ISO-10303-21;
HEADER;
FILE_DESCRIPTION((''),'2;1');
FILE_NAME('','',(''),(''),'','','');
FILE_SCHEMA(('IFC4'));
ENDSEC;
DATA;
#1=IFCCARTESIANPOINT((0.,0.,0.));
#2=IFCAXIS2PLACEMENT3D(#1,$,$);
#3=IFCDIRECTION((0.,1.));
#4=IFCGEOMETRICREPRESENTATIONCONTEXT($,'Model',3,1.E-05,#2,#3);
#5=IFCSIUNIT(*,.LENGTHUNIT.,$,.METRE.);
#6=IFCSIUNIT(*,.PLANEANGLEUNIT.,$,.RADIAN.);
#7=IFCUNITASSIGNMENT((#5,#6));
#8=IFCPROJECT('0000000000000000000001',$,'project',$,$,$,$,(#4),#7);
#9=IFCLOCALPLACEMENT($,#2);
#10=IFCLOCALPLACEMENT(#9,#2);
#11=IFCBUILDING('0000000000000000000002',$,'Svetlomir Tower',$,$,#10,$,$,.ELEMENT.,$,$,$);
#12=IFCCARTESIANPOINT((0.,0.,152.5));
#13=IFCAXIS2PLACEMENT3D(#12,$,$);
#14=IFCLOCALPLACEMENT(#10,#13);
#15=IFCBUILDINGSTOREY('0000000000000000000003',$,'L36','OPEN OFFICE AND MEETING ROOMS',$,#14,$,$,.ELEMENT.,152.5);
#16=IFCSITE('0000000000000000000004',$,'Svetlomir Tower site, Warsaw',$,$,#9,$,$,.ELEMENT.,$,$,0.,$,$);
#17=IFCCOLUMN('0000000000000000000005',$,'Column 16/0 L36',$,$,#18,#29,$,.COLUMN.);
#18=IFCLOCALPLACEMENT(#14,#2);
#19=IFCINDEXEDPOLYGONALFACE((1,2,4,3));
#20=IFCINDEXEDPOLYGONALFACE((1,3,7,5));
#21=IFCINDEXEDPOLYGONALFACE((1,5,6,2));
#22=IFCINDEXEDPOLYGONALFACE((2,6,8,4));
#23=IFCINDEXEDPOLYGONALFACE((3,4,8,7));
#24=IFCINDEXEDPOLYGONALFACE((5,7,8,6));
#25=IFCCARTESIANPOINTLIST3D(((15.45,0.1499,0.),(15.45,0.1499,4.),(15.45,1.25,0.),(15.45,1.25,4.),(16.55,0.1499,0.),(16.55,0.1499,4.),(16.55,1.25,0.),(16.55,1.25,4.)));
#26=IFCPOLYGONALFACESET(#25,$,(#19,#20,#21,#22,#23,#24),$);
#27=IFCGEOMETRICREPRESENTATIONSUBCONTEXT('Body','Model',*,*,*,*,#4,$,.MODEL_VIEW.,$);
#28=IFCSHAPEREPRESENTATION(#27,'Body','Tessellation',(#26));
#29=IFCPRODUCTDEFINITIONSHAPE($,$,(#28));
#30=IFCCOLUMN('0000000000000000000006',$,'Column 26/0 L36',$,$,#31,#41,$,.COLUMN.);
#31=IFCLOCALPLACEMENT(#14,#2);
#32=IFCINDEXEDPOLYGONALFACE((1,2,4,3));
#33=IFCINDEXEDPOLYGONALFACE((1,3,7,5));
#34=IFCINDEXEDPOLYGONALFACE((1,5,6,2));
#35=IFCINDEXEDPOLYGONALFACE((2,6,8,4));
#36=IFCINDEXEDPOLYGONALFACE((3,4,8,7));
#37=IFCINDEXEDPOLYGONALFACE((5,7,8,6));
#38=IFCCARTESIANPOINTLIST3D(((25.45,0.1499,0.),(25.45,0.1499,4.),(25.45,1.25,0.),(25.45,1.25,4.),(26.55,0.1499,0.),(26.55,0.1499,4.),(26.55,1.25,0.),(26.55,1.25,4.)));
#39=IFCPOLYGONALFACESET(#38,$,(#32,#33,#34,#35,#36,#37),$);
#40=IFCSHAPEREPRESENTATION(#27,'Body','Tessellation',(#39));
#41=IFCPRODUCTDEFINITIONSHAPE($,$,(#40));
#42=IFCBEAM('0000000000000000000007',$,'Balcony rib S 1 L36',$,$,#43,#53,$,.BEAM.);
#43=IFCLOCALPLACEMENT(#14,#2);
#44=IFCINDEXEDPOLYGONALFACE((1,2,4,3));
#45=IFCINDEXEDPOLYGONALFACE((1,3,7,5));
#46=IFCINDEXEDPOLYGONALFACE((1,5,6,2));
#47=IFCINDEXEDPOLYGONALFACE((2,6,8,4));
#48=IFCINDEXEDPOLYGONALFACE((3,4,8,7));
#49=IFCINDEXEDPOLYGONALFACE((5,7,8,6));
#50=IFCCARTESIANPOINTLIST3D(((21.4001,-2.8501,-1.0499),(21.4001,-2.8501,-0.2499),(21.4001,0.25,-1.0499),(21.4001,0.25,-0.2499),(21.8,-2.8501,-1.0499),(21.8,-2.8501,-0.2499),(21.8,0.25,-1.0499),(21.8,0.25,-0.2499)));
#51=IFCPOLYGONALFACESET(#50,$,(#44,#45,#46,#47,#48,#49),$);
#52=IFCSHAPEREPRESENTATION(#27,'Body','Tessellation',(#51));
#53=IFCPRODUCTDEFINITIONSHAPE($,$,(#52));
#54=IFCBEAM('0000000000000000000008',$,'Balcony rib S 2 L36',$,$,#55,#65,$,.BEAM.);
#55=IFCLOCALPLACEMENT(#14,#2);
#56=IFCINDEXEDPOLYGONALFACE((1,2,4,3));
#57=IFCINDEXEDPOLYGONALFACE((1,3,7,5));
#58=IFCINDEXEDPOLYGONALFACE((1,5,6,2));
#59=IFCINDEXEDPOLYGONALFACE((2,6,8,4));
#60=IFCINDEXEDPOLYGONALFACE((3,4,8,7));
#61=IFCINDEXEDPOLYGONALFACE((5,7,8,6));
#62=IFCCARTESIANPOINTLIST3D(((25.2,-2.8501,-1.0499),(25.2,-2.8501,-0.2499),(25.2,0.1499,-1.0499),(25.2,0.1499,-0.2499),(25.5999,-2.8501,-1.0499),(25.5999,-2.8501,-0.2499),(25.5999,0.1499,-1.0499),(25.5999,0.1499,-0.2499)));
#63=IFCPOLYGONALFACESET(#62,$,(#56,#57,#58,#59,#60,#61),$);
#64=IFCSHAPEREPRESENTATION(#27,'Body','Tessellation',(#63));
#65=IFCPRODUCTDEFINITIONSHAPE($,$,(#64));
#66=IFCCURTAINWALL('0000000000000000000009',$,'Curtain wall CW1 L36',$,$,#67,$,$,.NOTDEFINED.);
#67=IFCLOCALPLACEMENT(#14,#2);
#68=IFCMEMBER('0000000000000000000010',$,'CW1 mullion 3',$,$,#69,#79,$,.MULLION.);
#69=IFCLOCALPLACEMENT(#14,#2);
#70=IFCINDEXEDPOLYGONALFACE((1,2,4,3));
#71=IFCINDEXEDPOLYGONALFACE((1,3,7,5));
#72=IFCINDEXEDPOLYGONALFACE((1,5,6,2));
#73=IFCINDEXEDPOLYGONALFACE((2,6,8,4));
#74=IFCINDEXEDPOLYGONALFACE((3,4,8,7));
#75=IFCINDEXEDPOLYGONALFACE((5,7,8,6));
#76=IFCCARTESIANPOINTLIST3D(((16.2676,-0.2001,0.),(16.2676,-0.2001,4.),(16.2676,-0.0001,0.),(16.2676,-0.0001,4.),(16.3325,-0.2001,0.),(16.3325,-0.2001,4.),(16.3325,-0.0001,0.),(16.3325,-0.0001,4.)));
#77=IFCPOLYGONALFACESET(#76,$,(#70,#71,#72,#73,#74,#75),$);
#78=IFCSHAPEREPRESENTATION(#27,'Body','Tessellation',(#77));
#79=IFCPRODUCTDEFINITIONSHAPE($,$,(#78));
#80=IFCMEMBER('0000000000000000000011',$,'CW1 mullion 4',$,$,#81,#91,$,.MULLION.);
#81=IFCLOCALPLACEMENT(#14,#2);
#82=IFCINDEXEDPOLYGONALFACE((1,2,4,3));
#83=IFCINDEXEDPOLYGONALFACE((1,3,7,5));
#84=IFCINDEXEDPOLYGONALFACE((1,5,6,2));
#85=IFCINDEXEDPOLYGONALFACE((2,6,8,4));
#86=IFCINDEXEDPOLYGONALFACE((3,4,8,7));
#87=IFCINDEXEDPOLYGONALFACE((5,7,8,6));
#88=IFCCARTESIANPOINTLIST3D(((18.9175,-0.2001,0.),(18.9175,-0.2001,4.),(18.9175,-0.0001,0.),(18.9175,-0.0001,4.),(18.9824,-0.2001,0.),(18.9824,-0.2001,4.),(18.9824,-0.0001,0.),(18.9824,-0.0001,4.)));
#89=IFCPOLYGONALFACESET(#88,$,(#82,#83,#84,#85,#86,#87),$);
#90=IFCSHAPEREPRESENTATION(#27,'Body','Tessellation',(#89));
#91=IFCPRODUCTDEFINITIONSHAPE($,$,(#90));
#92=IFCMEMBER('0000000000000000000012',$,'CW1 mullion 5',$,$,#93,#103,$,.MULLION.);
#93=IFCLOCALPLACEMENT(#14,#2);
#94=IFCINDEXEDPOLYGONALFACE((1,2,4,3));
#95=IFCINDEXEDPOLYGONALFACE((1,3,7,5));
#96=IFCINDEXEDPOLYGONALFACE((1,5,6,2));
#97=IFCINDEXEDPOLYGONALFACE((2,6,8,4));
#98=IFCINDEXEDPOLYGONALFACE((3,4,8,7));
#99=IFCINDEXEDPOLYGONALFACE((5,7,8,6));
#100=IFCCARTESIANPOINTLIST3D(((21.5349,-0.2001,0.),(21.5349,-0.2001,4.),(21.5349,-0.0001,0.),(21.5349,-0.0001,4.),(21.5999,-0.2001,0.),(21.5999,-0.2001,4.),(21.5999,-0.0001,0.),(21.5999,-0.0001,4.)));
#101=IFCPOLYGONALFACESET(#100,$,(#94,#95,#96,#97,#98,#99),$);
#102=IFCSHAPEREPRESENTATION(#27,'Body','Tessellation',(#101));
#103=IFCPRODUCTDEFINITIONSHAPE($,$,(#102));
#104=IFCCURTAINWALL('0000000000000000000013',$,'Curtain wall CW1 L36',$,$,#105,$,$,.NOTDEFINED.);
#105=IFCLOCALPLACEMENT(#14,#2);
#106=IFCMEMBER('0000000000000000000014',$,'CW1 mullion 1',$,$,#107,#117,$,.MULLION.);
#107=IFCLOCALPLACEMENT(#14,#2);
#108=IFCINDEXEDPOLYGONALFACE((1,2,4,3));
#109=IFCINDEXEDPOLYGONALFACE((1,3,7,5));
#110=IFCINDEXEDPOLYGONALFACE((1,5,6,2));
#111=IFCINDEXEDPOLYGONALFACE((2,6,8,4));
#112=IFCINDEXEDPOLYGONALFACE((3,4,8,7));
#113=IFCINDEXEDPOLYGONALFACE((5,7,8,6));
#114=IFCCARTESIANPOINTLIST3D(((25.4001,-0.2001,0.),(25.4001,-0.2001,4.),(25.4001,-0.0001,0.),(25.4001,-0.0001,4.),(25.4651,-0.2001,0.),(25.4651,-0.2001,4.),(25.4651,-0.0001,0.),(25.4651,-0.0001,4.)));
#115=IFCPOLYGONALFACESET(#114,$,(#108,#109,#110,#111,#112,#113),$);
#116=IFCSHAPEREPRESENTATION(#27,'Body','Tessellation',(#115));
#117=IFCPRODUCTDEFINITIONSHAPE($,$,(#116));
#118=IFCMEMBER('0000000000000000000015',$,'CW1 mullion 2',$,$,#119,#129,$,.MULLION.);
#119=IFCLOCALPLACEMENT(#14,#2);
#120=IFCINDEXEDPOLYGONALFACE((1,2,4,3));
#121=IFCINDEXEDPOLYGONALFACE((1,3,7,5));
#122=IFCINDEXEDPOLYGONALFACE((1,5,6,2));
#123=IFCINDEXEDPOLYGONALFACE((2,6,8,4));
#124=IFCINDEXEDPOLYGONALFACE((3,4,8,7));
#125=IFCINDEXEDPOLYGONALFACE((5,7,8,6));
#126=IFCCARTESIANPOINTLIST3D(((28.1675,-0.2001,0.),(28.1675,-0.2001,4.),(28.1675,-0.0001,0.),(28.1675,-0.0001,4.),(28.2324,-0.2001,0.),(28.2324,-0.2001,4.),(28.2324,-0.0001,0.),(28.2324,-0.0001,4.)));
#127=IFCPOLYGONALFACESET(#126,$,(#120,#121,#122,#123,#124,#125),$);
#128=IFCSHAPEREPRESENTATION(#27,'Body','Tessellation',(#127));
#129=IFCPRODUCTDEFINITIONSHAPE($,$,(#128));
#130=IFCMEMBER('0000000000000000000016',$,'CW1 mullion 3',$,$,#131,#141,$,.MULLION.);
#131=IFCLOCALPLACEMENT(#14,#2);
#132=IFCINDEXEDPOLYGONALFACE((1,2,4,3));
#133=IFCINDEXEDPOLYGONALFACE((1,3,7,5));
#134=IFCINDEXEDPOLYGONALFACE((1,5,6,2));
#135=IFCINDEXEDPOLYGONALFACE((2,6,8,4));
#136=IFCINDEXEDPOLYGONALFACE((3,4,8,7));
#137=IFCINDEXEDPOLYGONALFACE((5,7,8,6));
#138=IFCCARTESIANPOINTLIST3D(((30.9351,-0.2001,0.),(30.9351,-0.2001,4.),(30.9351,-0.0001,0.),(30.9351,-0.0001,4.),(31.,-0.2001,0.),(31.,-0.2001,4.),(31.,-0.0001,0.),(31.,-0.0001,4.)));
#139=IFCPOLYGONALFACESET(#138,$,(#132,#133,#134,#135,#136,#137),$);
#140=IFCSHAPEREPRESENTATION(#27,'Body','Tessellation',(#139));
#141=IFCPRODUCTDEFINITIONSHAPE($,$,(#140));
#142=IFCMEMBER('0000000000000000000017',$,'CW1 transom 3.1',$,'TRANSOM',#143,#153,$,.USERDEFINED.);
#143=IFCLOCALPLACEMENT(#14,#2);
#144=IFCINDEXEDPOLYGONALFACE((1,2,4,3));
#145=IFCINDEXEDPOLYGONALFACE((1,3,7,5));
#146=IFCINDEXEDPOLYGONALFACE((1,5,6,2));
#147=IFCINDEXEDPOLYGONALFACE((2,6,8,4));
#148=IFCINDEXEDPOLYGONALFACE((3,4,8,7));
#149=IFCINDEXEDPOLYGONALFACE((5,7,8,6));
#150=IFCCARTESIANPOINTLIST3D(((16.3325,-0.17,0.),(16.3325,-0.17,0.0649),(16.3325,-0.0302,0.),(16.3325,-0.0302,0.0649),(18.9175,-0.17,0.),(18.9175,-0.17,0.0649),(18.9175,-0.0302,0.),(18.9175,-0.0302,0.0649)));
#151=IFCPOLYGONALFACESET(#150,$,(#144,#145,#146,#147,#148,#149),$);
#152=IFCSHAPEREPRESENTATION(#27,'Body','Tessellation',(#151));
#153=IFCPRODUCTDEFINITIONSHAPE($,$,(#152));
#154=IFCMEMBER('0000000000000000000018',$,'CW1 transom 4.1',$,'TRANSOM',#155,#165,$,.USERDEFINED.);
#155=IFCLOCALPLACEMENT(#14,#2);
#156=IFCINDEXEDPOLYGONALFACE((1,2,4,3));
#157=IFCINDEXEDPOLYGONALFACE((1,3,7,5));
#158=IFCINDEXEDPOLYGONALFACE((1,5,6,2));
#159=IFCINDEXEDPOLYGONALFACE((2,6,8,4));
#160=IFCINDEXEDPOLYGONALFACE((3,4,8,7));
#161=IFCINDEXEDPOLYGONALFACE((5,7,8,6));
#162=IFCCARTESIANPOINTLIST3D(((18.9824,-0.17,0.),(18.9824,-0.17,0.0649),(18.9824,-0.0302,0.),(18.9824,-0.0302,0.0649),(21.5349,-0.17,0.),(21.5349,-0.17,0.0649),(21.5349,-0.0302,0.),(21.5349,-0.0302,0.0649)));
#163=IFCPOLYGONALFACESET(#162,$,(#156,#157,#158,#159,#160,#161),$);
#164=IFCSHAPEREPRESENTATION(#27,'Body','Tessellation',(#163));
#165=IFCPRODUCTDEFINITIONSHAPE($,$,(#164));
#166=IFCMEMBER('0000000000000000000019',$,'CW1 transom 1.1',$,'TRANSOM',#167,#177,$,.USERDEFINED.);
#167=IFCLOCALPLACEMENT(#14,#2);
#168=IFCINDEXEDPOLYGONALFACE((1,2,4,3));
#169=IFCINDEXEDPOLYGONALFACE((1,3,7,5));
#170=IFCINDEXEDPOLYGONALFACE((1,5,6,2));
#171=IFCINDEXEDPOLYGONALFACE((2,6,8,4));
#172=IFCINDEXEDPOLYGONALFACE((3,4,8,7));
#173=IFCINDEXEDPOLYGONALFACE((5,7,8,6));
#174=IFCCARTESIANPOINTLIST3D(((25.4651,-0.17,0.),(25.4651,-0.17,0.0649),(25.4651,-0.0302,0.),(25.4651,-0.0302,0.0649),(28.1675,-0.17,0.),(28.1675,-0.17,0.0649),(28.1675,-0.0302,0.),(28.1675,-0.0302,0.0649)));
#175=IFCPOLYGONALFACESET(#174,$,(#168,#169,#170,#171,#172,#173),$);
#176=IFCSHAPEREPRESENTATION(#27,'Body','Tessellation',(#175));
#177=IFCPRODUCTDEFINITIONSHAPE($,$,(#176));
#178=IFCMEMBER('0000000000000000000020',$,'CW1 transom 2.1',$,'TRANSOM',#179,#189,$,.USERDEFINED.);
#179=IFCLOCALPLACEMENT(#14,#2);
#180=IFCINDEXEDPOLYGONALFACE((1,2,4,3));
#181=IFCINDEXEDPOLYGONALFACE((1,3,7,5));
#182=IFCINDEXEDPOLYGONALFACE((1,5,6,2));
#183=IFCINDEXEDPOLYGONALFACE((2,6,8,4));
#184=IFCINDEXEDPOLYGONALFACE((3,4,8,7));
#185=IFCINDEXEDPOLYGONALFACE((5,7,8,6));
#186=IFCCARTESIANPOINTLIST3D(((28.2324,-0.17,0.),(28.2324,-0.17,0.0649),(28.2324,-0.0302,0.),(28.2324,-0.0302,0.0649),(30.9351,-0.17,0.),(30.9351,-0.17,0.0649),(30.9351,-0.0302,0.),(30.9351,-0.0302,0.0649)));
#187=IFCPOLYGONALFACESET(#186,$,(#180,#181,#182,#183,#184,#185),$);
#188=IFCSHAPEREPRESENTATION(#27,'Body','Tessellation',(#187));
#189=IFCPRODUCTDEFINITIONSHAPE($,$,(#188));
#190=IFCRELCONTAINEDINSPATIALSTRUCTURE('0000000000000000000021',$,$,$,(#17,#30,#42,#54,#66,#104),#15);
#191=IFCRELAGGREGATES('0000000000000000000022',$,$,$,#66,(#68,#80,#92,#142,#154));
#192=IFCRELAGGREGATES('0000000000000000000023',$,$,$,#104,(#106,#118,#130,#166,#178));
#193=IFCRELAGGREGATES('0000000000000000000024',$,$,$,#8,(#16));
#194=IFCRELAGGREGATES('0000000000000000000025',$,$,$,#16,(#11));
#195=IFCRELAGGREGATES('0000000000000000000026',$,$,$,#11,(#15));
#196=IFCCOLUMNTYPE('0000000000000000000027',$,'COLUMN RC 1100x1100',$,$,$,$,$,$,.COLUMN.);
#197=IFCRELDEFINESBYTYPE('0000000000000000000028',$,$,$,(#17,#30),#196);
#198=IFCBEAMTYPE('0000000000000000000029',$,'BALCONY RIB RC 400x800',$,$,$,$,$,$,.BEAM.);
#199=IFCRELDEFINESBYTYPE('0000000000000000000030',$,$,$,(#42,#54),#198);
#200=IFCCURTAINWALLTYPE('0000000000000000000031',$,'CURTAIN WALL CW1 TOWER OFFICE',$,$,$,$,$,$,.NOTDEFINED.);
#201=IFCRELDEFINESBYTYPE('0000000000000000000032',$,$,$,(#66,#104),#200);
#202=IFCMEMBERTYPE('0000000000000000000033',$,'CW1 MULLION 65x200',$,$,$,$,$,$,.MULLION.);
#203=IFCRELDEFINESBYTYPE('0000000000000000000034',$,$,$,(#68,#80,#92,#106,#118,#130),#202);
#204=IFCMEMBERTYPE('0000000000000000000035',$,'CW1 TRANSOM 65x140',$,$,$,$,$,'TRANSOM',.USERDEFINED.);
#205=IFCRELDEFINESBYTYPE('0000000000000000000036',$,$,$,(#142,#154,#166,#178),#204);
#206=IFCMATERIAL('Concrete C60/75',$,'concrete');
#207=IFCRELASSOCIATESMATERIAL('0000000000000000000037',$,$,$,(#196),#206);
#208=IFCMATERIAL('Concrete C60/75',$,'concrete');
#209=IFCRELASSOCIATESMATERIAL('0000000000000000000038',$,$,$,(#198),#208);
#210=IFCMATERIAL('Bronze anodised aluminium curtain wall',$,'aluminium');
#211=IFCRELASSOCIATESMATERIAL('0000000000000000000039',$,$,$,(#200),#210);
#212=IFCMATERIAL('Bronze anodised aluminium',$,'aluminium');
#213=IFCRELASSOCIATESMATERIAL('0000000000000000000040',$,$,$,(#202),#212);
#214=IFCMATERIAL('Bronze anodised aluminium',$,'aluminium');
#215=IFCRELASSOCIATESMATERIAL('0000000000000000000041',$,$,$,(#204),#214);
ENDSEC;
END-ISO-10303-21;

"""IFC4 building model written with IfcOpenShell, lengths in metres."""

from ifc_helpers import new_model, si_unit, direction, frame, origin, origin_2d, place, context, subcontext, project, spatial, rectangle, extrude, material, material_profile, profile_set, type_object, element, aggregate, save


model = new_model("IFC4")

# Units and contexts
model_context = context("Model", 3, precision=1e-05, world=origin(), true_north=direction((0.0, 1.0)))
body_context = subcontext(model_context, "Body", "Model", "MODEL_VIEW")
ifc_project = project(units=[si_unit("LENGTHUNIT", "METRE"), si_unit("PLANEANGLEUNIT", "RADIAN")], contexts=[model_context])

# Site, building, storey
site_placement = place(None, origin())
site = spatial("IfcSite", under=ifc_project, at=site_placement, Name="Svetlomir Tower site, Warsaw", CompositionType="ELEMENT", RefElevation=0.0)
building_placement = place(site_placement, origin())
building = spatial("IfcBuilding", under=site, at=building_placement, Name="Svetlomir Tower", CompositionType="ELEMENT")
storey_placement = place(building_placement, frame((0.0, 0.0, 152.5)))
storey = spatial("IfcBuildingStorey", under=building, at=storey_placement, Name="L36", Description="OPEN OFFICE AND MEETING ROOMS", CompositionType="ELEMENT", Elevation=152.5)

# Columns
ifc_material_1 = material(Name="Concrete C60/75", Category="concrete")
ifc_material_profile_1 = material_profile(ifc_material_1, rectangle(XDim=1.1001, YDim=1.1001, at=origin_2d()), Name="RC 1100x1100")
ifc_profile_set_1 = profile_set([ifc_material_profile_1], Name="Concrete C60/75")
column_type = type_object("IfcColumnType", Name="COLUMN RC 1100x1100", PredefinedType="COLUMN", material=ifc_profile_set_1)
for number, where, z_axis, x_axis, name in (
    (1, (16.0, 0.7, 0.0), (0.0, 0.0, 1.0), (1.0, 0.0, 0.0), "Column 16/0 L36"),
    (2, (26.0, 0.7, 0.0), (0.0, 0.0, 1.0), (1.0, 0.0, 0.0), "Column 26/0 L36"),
):
    element("IfcColumn", number, at=place(storey_placement, frame(where, z_axis=z_axis, x_axis=x_axis)), inside=storey, type_object=column_type, Name=name, PredefinedType="COLUMN", context=body_context, shape_type="SweptSolid", body=[
        extrude(rectangle(XDim=1.1001, YDim=1.1001, at=origin_2d()), origin(), (0.0, 0.0, 1.0), 4.0),
    ])

# Beams
ifc_material_2 = material(Name="Concrete C60/75", Category="concrete")
ifc_material_profile_2 = material_profile(ifc_material_2, rectangle(XDim=0.3999, YDim=0.8, at=origin_2d()), Name="RC 400x800")
ifc_profile_set_2 = profile_set([ifc_material_profile_2], Name="Concrete C60/75")
beam_type_1 = type_object("IfcBeamType", Name="BALCONY RIB RC 400x800", PredefinedType="BEAM", material=ifc_profile_set_2)
beam_1_placement = place(storey_placement, frame((21.6001, 0.25, -0.6499), z_axis=(0.0, -1.0, 0.0), x_axis=(1.0, 0.0, 0.0)))
element("IfcBeam", 3, at=beam_1_placement, inside=storey, type_object=beam_type_1, Name="Balcony rib S 1 L36", PredefinedType="BEAM", context=body_context, shape_type="SweptSolid", body=[
    extrude(rectangle(XDim=0.3999, YDim=0.8, at=origin_2d()), origin(), (0.0, 0.0, 1.0), 3.1001),
])
beam_2_placement = place(storey_placement, frame((25.3999, 0.1499, -0.6499), z_axis=(0.0, -1.0, 0.0), x_axis=(1.0, 0.0, 0.0)))
element("IfcBeam", 4, at=beam_2_placement, inside=storey, type_object=beam_type_1, Name="Balcony rib S 2 L36", PredefinedType="BEAM", context=body_context, shape_type="SweptSolid", body=[
    extrude(rectangle(XDim=0.3999, YDim=0.8, at=origin_2d()), origin(), (0.0, 0.0, 1.0), 3.0),
])

# Curtain walls, members
ifc_material_3 = material(Name="Bronze anodised aluminium curtain wall", Category="aluminium")
curtain_wall_type = type_object("IfcCurtainWallType", Name="CURTAIN WALL CW1 TOWER OFFICE", PredefinedType="NOTDEFINED", material=ifc_material_3)
curtain_wall_1_placement = place(storey_placement, origin())
curtain_wall_1 = element("IfcCurtainWall", 5, at=curtain_wall_1_placement, inside=storey, type_object=curtain_wall_type, Name="Curtain wall CW1 L36", PredefinedType="NOTDEFINED")
ifc_material_4 = material(Name="Bronze anodised aluminium", Category="aluminium")
ifc_material_profile_3 = material_profile(ifc_material_4, rectangle(XDim=0.0649, YDim=0.2, at=origin_2d()), Name="AL 65x200")
ifc_profile_set_3 = profile_set([ifc_material_profile_3], Name="Bronze anodised aluminium 6063-T6")
member_type_1 = type_object("IfcMemberType", Name="CW1 MULLION 65x200", PredefinedType="MULLION", material=ifc_profile_set_3)
member_1_placement = place(storey_placement, frame((16.3, -0.1001, 0.0), z_axis=(0.0, 0.0, 1.0), x_axis=(1.0, 0.0, 0.0)))
member_1 = element("IfcMember", 6, at=member_1_placement, type_object=member_type_1, Name="CW1 mullion 3", PredefinedType="MULLION", context=body_context, shape_type="SweptSolid", body=[
    extrude(rectangle(XDim=0.0649, YDim=0.2, at=origin_2d()), origin(), (0.0, 0.0, 1.0), 4.0),
])
member_2_placement = place(storey_placement, frame((18.95, -0.1001, 0.0), z_axis=(0.0, 0.0, 1.0), x_axis=(1.0, 0.0, 0.0)))
member_2 = element("IfcMember", 7, at=member_2_placement, type_object=member_type_1, Name="CW1 mullion 4", PredefinedType="MULLION", context=body_context, shape_type="SweptSolid", body=[
    extrude(rectangle(XDim=0.0649, YDim=0.2, at=origin_2d()), origin(), (0.0, 0.0, 1.0), 4.0),
])
member_3_placement = place(storey_placement, frame((21.5674, -0.1001, 0.0), z_axis=(0.0, 0.0, 1.0), x_axis=(1.0, 0.0, 0.0)))
member_3 = element("IfcMember", 8, at=member_3_placement, type_object=member_type_1, Name="CW1 mullion 5", PredefinedType="MULLION", context=body_context, shape_type="SweptSolid", body=[
    extrude(rectangle(XDim=0.0649, YDim=0.2, at=origin_2d()), origin(), (0.0, 0.0, 1.0), 4.0),
])
curtain_wall_2_placement = place(storey_placement, origin())
curtain_wall_2 = element("IfcCurtainWall", 9, at=curtain_wall_2_placement, inside=storey, type_object=curtain_wall_type, Name="Curtain wall CW1 L36", PredefinedType="NOTDEFINED")
member_4_placement = place(storey_placement, frame((25.4326, -0.1001, 0.0), z_axis=(0.0, 0.0, 1.0), x_axis=(1.0, 0.0, 0.0)))
member_4 = element("IfcMember", 10, at=member_4_placement, type_object=member_type_1, Name="CW1 mullion 1", PredefinedType="MULLION", context=body_context, shape_type="SweptSolid", body=[
    extrude(rectangle(XDim=0.0649, YDim=0.2, at=origin_2d()), origin(), (0.0, 0.0, 1.0), 4.0),
])
member_5_placement = place(storey_placement, frame((28.2, -0.1001, 0.0), z_axis=(0.0, 0.0, 1.0), x_axis=(1.0, 0.0, 0.0)))
member_5 = element("IfcMember", 11, at=member_5_placement, type_object=member_type_1, Name="CW1 mullion 2", PredefinedType="MULLION", context=body_context, shape_type="SweptSolid", body=[
    extrude(rectangle(XDim=0.0649, YDim=0.2, at=origin_2d()), origin(), (0.0, 0.0, 1.0), 4.0),
])
member_6_placement = place(storey_placement, frame((30.9675, -0.1001, 0.0), z_axis=(0.0, 0.0, 1.0), x_axis=(1.0, 0.0, 0.0)))
member_6 = element("IfcMember", 12, at=member_6_placement, type_object=member_type_1, Name="CW1 mullion 3", PredefinedType="MULLION", context=body_context, shape_type="SweptSolid", body=[
    extrude(rectangle(XDim=0.0649, YDim=0.2, at=origin_2d()), origin(), (0.0, 0.0, 1.0), 4.0),
])

# Members
ifc_material_5 = material(Name="Bronze anodised aluminium", Category="aluminium")
ifc_material_profile_4 = material_profile(ifc_material_5, rectangle(XDim=0.1399, YDim=0.0649, at=origin_2d()), Name="AL 140x65")
ifc_profile_set_4 = profile_set([ifc_material_profile_4], Name="Bronze anodised aluminium 6063-T6")
member_type_2 = type_object("IfcMemberType", Name="CW1 TRANSOM 65x140", ElementType="TRANSOM", PredefinedType="USERDEFINED", material=ifc_profile_set_4)
member_7_placement = place(storey_placement, frame((16.3325, -0.1001, 0.0325), z_axis=(1.0, 0.0, 0.0), x_axis=(0.0, 1.0, 0.0)))
member_7 = element("IfcMember", 13, at=member_7_placement, type_object=member_type_2, Name="CW1 transom 3.1", ObjectType="TRANSOM", PredefinedType="USERDEFINED", context=body_context, shape_type="SweptSolid", body=[
    extrude(rectangle(XDim=0.1399, YDim=0.0649, at=origin_2d()), origin(), (0.0, 0.0, 1.0), 2.585),
])
member_8_placement = place(storey_placement, frame((18.9824, -0.1001, 0.0325), z_axis=(1.0, 0.0, 0.0), x_axis=(0.0, 1.0, 0.0)))
member_8 = element("IfcMember", 14, at=member_8_placement, type_object=member_type_2, Name="CW1 transom 4.1", ObjectType="TRANSOM", PredefinedType="USERDEFINED", context=body_context, shape_type="SweptSolid", body=[
    extrude(rectangle(XDim=0.1399, YDim=0.0649, at=origin_2d()), origin(), (0.0, 0.0, 1.0), 2.5525),
])
member_9_placement = place(storey_placement, frame((25.4651, -0.1001, 0.0325), z_axis=(1.0, 0.0, 0.0), x_axis=(0.0, 1.0, 0.0)))
member_9 = element("IfcMember", 15, at=member_9_placement, type_object=member_type_2, Name="CW1 transom 1.1", ObjectType="TRANSOM", PredefinedType="USERDEFINED", context=body_context, shape_type="SweptSolid", body=[
    extrude(rectangle(XDim=0.1399, YDim=0.0649, at=origin_2d()), origin(), (0.0, 0.0, 1.0), 2.7024),
])
member_10_placement = place(storey_placement, frame((28.2324, -0.1001, 0.0325), z_axis=(1.0, 0.0, 0.0), x_axis=(0.0, 1.0, 0.0)))
member_10 = element("IfcMember", 16, at=member_10_placement, type_object=member_type_2, Name="CW1 transom 2.1", ObjectType="TRANSOM", PredefinedType="USERDEFINED", context=body_context, shape_type="SweptSolid", body=[
    extrude(rectangle(XDim=0.1399, YDim=0.0649, at=origin_2d()), origin(), (0.0, 0.0, 1.0), 2.7026),
])

aggregate(curtain_wall_1, [member_1, member_2, member_3, member_7, member_8])
aggregate(curtain_wall_2, [member_4, member_5, member_6, member_9, member_10])

save(model, "model.ifc")
